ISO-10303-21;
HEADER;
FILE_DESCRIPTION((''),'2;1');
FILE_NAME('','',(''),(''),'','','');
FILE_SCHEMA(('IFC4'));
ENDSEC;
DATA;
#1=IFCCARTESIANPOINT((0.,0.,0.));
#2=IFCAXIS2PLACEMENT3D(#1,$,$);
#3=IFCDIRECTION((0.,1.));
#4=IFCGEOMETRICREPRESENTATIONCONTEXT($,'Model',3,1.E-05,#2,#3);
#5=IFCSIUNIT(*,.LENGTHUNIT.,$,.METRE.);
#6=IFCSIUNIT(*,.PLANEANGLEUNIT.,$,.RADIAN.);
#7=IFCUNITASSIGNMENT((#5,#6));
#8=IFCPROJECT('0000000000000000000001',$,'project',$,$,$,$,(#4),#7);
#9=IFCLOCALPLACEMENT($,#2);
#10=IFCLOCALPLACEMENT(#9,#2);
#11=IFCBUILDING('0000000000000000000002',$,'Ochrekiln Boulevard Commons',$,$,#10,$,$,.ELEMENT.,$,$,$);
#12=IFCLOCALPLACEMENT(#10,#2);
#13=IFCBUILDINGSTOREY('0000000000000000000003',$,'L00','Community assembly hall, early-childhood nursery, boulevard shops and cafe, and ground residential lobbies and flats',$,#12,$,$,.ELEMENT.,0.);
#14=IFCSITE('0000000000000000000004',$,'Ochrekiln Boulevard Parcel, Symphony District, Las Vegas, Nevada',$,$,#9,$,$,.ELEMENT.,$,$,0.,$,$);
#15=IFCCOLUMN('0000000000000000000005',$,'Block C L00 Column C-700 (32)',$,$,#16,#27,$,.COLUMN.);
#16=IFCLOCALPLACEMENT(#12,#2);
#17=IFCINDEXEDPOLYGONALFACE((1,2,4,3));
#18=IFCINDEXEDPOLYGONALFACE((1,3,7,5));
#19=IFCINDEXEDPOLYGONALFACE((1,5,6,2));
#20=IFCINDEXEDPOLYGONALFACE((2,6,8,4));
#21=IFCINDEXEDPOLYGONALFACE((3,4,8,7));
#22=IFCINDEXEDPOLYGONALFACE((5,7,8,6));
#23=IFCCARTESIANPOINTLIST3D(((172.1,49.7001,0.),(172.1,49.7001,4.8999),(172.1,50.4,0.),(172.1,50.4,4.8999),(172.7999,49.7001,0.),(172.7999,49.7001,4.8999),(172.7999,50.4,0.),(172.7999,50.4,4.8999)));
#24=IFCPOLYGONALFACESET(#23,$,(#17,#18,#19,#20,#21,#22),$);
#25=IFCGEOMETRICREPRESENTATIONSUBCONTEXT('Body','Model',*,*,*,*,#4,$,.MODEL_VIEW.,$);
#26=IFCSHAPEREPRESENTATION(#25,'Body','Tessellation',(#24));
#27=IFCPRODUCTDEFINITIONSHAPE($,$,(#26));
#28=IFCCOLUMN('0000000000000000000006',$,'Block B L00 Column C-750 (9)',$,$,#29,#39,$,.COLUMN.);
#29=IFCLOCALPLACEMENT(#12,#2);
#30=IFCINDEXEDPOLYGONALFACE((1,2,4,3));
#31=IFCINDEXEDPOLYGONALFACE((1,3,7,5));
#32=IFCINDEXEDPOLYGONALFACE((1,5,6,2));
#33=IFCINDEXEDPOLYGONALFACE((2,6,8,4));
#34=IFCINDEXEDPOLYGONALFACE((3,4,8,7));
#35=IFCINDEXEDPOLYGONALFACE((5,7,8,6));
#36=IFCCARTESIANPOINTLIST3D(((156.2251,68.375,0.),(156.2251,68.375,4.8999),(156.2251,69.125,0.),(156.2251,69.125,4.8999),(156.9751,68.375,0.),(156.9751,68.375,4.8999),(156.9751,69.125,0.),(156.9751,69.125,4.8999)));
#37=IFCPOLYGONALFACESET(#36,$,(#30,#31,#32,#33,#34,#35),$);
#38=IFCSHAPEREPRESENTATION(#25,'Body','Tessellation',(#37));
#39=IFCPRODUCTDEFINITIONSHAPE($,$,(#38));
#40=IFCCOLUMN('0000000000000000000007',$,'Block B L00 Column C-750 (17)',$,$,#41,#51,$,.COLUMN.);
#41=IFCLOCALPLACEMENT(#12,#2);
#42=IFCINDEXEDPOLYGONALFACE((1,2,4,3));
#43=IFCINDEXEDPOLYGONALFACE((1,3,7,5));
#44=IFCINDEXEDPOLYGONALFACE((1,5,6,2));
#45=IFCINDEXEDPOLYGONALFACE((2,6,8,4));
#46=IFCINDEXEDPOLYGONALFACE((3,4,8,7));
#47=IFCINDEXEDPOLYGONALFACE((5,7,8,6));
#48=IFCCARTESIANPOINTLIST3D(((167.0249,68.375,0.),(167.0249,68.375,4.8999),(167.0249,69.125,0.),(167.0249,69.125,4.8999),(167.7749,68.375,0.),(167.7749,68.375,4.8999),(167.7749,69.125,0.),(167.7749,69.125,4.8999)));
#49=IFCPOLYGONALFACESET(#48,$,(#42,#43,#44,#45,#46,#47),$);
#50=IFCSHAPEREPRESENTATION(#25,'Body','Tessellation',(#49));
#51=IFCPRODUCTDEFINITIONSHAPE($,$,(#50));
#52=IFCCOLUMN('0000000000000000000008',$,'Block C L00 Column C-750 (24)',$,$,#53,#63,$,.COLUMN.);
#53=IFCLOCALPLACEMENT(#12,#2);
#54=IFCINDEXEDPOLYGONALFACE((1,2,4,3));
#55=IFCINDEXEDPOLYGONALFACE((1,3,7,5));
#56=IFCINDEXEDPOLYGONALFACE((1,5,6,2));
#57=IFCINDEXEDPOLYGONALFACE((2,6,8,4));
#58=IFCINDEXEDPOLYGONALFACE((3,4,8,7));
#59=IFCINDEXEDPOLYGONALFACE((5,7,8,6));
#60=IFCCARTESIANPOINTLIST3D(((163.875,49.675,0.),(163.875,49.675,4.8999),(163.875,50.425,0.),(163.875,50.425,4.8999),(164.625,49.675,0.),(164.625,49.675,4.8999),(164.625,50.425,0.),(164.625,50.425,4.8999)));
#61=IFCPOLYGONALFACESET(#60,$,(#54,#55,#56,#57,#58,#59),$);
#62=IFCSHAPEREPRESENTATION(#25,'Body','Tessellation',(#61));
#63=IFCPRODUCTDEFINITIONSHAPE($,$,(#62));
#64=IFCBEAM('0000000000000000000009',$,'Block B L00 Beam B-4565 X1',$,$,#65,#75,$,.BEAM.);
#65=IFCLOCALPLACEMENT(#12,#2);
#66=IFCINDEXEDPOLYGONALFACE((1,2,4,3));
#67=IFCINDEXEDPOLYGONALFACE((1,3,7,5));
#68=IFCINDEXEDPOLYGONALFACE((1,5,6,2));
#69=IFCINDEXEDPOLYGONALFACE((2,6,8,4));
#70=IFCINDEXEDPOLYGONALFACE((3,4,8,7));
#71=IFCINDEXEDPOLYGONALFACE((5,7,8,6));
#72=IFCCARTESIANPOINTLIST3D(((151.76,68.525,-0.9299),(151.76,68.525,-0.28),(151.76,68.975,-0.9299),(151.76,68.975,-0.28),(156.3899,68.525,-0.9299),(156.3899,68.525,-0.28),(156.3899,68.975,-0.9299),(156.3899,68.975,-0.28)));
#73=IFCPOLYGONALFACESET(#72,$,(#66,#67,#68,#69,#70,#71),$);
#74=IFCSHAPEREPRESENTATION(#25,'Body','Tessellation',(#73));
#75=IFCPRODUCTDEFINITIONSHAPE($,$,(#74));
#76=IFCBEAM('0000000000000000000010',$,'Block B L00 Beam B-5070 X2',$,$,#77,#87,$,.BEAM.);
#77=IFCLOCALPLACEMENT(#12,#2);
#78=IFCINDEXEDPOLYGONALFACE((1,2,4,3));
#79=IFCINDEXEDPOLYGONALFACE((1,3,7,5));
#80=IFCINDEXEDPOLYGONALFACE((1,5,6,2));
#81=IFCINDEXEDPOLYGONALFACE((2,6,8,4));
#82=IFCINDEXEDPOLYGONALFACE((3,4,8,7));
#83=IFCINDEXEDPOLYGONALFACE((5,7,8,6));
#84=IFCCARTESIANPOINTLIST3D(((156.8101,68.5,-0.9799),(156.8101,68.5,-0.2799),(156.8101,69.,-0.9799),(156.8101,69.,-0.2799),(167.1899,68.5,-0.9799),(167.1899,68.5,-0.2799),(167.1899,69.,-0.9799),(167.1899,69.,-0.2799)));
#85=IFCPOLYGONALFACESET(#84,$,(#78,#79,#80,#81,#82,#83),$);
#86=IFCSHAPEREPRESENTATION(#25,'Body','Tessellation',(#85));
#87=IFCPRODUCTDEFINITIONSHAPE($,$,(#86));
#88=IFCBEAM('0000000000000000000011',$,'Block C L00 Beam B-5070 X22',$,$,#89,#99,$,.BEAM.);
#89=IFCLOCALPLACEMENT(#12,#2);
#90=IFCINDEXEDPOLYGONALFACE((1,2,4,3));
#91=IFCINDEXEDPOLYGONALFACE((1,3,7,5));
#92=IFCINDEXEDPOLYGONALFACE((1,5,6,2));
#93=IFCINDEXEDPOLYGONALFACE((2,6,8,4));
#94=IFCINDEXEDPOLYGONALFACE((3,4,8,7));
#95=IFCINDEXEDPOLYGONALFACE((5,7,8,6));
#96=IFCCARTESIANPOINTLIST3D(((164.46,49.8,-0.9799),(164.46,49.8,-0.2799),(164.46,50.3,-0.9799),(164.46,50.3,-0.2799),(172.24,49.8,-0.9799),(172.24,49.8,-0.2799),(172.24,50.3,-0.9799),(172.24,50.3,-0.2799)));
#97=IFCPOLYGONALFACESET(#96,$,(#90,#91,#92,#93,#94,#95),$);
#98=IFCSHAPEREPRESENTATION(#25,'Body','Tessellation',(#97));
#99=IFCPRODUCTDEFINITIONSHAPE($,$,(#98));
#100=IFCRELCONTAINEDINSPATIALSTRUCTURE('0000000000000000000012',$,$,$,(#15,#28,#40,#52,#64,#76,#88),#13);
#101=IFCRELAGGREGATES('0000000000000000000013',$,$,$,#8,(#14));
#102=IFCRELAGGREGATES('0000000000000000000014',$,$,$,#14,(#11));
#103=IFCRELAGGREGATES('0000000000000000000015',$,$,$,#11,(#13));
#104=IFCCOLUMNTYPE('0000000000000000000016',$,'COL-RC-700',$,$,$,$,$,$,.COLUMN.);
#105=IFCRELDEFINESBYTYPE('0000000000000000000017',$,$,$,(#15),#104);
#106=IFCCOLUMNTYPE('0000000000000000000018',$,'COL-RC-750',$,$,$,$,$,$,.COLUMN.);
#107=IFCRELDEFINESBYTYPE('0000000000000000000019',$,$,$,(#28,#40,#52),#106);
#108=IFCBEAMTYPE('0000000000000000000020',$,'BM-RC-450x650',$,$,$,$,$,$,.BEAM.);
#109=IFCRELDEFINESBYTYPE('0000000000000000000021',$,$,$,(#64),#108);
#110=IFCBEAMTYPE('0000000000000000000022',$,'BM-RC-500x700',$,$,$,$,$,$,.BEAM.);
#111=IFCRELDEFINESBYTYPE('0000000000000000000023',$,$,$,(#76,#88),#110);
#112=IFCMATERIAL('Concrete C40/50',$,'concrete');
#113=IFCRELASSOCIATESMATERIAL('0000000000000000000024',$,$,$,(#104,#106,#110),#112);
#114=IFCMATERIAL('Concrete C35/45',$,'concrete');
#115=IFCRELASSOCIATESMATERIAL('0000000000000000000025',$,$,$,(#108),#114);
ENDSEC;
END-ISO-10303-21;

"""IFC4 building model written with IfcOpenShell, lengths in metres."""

from ifc_helpers import new_model, si_unit, direction, frame, origin, origin_2d, place, context, subcontext, project, spatial, rectangle, extrude, material, material_profile, profile_set, type_object, element, save


model = new_model("IFC4")

# Units and contexts
model_context = context("Model", 3, precision=1e-05, world=origin(), true_north=direction((0.0, 1.0)))
body_context = subcontext(model_context, "Body", "Model", "MODEL_VIEW")
ifc_project = project(units=[si_unit("LENGTHUNIT", "METRE"), si_unit("PLANEANGLEUNIT", "RADIAN")], contexts=[model_context])

# Site, building, storey
site_placement = place(None, origin())
site = spatial("IfcSite", under=ifc_project, at=site_placement, Name="Ochrekiln Boulevard Parcel, Symphony District, Las Vegas, Nevada", CompositionType="ELEMENT", RefElevation=0.0)
building_placement = place(site_placement, origin())
building = spatial("IfcBuilding", under=site, at=building_placement, Name="Ochrekiln Boulevard Commons", CompositionType="ELEMENT")
storey_placement = place(building_placement, origin())
storey = spatial("IfcBuildingStorey", under=building, at=storey_placement, Name="L00", Description="Community assembly hall, early-childhood nursery, boulevard shops and cafe, and ground residential lobbies and flats", CompositionType="ELEMENT", Elevation=0.0)

# Columns
ifc_material_1 = material(Name="Concrete C40/50", Category="concrete")
ifc_material_profile_1 = material_profile(ifc_material_1, rectangle(XDim=0.7, YDim=0.7, at=origin_2d()), Name="RC-COL-700x700")
ifc_profile_set_1 = profile_set([ifc_material_profile_1], Name="Concrete C40/50")
column_type_1 = type_object("IfcColumnType", Name="COL-RC-700", PredefinedType="COLUMN", material=ifc_profile_set_1)
column_placement = place(storey_placement, frame((172.45, 50.05, 0.0), z_axis=(0.0, 0.0, 1.0), x_axis=(1.0, 0.0, 0.0)))
element("IfcColumn", 1, at=column_placement, inside=storey, type_object=column_type_1, Name="Block C L00 Column C-700 (32)", PredefinedType="COLUMN", context=body_context, shape_type="SweptSolid", body=[
    extrude(rectangle(XDim=0.7, YDim=0.7, at=origin_2d()), origin(), (0.0, 0.0, 1.0), 4.8999),
])
ifc_material_profile_2 = material_profile(ifc_material_1, rectangle(XDim=0.75, YDim=0.75, at=origin_2d()), Name="RC-COL-750x750")
ifc_profile_set_2 = profile_set([ifc_material_profile_2], Name="Concrete C40/50")
column_type_2 = type_object("IfcColumnType", Name="COL-RC-750", PredefinedType="COLUMN", material=ifc_profile_set_2)
for number, where, z_axis, x_axis, name in (
    (2, (156.6001, 68.75, 0.0), (0.0, 0.0, 1.0), (1.0, 0.0, 0.0), "Block B L00 Column C-750 (9)"),
    (3, (167.3999, 68.75, 0.0), (0.0, 0.0, 1.0), (1.0, 0.0, 0.0), "Block B L00 Column C-750 (17)"),
    (4, (164.25, 50.05, 0.0), (0.0, 0.0, 1.0), (1.0, 0.0, 0.0), "Block C L00 Column C-750 (24)"),
):
    element("IfcColumn", number, at=place(storey_placement, frame(where, z_axis=z_axis, x_axis=x_axis)), inside=storey, type_object=column_type_2, Name=name, PredefinedType="COLUMN", context=body_context, shape_type="SweptSolid", body=[
        extrude(rectangle(XDim=0.75, YDim=0.75, at=origin_2d()), origin(), (0.0, 0.0, 1.0), 4.8999),
    ])

# Beams
ifc_material_2 = material(Name="Concrete C35/45", Category="concrete")
ifc_material_profile_3 = material_profile(ifc_material_2, rectangle(XDim=0.45, YDim=0.6499, at=origin_2d()), Name="RC-BM-450x650")
ifc_profile_set_3 = profile_set([ifc_material_profile_3], Name="Concrete C35/45")
beam_type_1 = type_object("IfcBeamType", Name="BM-RC-450x650", PredefinedType="BEAM", material=ifc_profile_set_3)
beam_1_placement = place(storey_placement, frame((151.76, 68.75, -0.605), z_axis=(1.0, 0.0, 0.0), x_axis=(0.0, 1.0, 0.0)))
element("IfcBeam", 5, at=beam_1_placement, inside=storey, type_object=beam_type_1, Name="Block B L00 Beam B-4565 X1", PredefinedType="BEAM", context=body_context, shape_type="SweptSolid", body=[
    extrude(rectangle(XDim=0.45, YDim=0.6499, at=origin_2d()), origin(), (0.0, 0.0, 1.0), 4.6299),
])
ifc_material_profile_4 = material_profile(ifc_material_1, rectangle(XDim=0.5, YDim=0.7, at=origin_2d()), Name="RC-BM-500x700")
ifc_profile_set_4 = profile_set([ifc_material_profile_4], Name="Concrete C40/50")
beam_type_2 = type_object("IfcBeamType", Name="BM-RC-500x700", PredefinedType="BEAM", material=ifc_profile_set_4)
beam_2_placement = place(storey_placement, frame((156.8101, 68.75, -0.6299), z_axis=(1.0, 0.0, 0.0), x_axis=(0.0, 1.0, 0.0)))
element("IfcBeam", 6, at=beam_2_placement, inside=storey, type_object=beam_type_2, Name="Block B L00 Beam B-5070 X2", PredefinedType="BEAM", context=body_context, shape_type="SweptSolid", body=[
    extrude(rectangle(XDim=0.5, YDim=0.7, at=origin_2d()), origin(), (0.0, 0.0, 1.0), 10.3799),
])
beam_3_placement = place(storey_placement, frame((164.46, 50.05, -0.6299), z_axis=(1.0, 0.0, 0.0), x_axis=(0.0, 1.0, 0.0)))
element("IfcBeam", 7, at=beam_3_placement, inside=storey, type_object=beam_type_2, Name="Block C L00 Beam B-5070 X22", PredefinedType="BEAM", context=body_context, shape_type="SweptSolid", body=[
    extrude(rectangle(XDim=0.5, YDim=0.7, at=origin_2d()), origin(), (0.0, 0.0, 1.0), 7.78),
])

save(model, "model.ifc")
